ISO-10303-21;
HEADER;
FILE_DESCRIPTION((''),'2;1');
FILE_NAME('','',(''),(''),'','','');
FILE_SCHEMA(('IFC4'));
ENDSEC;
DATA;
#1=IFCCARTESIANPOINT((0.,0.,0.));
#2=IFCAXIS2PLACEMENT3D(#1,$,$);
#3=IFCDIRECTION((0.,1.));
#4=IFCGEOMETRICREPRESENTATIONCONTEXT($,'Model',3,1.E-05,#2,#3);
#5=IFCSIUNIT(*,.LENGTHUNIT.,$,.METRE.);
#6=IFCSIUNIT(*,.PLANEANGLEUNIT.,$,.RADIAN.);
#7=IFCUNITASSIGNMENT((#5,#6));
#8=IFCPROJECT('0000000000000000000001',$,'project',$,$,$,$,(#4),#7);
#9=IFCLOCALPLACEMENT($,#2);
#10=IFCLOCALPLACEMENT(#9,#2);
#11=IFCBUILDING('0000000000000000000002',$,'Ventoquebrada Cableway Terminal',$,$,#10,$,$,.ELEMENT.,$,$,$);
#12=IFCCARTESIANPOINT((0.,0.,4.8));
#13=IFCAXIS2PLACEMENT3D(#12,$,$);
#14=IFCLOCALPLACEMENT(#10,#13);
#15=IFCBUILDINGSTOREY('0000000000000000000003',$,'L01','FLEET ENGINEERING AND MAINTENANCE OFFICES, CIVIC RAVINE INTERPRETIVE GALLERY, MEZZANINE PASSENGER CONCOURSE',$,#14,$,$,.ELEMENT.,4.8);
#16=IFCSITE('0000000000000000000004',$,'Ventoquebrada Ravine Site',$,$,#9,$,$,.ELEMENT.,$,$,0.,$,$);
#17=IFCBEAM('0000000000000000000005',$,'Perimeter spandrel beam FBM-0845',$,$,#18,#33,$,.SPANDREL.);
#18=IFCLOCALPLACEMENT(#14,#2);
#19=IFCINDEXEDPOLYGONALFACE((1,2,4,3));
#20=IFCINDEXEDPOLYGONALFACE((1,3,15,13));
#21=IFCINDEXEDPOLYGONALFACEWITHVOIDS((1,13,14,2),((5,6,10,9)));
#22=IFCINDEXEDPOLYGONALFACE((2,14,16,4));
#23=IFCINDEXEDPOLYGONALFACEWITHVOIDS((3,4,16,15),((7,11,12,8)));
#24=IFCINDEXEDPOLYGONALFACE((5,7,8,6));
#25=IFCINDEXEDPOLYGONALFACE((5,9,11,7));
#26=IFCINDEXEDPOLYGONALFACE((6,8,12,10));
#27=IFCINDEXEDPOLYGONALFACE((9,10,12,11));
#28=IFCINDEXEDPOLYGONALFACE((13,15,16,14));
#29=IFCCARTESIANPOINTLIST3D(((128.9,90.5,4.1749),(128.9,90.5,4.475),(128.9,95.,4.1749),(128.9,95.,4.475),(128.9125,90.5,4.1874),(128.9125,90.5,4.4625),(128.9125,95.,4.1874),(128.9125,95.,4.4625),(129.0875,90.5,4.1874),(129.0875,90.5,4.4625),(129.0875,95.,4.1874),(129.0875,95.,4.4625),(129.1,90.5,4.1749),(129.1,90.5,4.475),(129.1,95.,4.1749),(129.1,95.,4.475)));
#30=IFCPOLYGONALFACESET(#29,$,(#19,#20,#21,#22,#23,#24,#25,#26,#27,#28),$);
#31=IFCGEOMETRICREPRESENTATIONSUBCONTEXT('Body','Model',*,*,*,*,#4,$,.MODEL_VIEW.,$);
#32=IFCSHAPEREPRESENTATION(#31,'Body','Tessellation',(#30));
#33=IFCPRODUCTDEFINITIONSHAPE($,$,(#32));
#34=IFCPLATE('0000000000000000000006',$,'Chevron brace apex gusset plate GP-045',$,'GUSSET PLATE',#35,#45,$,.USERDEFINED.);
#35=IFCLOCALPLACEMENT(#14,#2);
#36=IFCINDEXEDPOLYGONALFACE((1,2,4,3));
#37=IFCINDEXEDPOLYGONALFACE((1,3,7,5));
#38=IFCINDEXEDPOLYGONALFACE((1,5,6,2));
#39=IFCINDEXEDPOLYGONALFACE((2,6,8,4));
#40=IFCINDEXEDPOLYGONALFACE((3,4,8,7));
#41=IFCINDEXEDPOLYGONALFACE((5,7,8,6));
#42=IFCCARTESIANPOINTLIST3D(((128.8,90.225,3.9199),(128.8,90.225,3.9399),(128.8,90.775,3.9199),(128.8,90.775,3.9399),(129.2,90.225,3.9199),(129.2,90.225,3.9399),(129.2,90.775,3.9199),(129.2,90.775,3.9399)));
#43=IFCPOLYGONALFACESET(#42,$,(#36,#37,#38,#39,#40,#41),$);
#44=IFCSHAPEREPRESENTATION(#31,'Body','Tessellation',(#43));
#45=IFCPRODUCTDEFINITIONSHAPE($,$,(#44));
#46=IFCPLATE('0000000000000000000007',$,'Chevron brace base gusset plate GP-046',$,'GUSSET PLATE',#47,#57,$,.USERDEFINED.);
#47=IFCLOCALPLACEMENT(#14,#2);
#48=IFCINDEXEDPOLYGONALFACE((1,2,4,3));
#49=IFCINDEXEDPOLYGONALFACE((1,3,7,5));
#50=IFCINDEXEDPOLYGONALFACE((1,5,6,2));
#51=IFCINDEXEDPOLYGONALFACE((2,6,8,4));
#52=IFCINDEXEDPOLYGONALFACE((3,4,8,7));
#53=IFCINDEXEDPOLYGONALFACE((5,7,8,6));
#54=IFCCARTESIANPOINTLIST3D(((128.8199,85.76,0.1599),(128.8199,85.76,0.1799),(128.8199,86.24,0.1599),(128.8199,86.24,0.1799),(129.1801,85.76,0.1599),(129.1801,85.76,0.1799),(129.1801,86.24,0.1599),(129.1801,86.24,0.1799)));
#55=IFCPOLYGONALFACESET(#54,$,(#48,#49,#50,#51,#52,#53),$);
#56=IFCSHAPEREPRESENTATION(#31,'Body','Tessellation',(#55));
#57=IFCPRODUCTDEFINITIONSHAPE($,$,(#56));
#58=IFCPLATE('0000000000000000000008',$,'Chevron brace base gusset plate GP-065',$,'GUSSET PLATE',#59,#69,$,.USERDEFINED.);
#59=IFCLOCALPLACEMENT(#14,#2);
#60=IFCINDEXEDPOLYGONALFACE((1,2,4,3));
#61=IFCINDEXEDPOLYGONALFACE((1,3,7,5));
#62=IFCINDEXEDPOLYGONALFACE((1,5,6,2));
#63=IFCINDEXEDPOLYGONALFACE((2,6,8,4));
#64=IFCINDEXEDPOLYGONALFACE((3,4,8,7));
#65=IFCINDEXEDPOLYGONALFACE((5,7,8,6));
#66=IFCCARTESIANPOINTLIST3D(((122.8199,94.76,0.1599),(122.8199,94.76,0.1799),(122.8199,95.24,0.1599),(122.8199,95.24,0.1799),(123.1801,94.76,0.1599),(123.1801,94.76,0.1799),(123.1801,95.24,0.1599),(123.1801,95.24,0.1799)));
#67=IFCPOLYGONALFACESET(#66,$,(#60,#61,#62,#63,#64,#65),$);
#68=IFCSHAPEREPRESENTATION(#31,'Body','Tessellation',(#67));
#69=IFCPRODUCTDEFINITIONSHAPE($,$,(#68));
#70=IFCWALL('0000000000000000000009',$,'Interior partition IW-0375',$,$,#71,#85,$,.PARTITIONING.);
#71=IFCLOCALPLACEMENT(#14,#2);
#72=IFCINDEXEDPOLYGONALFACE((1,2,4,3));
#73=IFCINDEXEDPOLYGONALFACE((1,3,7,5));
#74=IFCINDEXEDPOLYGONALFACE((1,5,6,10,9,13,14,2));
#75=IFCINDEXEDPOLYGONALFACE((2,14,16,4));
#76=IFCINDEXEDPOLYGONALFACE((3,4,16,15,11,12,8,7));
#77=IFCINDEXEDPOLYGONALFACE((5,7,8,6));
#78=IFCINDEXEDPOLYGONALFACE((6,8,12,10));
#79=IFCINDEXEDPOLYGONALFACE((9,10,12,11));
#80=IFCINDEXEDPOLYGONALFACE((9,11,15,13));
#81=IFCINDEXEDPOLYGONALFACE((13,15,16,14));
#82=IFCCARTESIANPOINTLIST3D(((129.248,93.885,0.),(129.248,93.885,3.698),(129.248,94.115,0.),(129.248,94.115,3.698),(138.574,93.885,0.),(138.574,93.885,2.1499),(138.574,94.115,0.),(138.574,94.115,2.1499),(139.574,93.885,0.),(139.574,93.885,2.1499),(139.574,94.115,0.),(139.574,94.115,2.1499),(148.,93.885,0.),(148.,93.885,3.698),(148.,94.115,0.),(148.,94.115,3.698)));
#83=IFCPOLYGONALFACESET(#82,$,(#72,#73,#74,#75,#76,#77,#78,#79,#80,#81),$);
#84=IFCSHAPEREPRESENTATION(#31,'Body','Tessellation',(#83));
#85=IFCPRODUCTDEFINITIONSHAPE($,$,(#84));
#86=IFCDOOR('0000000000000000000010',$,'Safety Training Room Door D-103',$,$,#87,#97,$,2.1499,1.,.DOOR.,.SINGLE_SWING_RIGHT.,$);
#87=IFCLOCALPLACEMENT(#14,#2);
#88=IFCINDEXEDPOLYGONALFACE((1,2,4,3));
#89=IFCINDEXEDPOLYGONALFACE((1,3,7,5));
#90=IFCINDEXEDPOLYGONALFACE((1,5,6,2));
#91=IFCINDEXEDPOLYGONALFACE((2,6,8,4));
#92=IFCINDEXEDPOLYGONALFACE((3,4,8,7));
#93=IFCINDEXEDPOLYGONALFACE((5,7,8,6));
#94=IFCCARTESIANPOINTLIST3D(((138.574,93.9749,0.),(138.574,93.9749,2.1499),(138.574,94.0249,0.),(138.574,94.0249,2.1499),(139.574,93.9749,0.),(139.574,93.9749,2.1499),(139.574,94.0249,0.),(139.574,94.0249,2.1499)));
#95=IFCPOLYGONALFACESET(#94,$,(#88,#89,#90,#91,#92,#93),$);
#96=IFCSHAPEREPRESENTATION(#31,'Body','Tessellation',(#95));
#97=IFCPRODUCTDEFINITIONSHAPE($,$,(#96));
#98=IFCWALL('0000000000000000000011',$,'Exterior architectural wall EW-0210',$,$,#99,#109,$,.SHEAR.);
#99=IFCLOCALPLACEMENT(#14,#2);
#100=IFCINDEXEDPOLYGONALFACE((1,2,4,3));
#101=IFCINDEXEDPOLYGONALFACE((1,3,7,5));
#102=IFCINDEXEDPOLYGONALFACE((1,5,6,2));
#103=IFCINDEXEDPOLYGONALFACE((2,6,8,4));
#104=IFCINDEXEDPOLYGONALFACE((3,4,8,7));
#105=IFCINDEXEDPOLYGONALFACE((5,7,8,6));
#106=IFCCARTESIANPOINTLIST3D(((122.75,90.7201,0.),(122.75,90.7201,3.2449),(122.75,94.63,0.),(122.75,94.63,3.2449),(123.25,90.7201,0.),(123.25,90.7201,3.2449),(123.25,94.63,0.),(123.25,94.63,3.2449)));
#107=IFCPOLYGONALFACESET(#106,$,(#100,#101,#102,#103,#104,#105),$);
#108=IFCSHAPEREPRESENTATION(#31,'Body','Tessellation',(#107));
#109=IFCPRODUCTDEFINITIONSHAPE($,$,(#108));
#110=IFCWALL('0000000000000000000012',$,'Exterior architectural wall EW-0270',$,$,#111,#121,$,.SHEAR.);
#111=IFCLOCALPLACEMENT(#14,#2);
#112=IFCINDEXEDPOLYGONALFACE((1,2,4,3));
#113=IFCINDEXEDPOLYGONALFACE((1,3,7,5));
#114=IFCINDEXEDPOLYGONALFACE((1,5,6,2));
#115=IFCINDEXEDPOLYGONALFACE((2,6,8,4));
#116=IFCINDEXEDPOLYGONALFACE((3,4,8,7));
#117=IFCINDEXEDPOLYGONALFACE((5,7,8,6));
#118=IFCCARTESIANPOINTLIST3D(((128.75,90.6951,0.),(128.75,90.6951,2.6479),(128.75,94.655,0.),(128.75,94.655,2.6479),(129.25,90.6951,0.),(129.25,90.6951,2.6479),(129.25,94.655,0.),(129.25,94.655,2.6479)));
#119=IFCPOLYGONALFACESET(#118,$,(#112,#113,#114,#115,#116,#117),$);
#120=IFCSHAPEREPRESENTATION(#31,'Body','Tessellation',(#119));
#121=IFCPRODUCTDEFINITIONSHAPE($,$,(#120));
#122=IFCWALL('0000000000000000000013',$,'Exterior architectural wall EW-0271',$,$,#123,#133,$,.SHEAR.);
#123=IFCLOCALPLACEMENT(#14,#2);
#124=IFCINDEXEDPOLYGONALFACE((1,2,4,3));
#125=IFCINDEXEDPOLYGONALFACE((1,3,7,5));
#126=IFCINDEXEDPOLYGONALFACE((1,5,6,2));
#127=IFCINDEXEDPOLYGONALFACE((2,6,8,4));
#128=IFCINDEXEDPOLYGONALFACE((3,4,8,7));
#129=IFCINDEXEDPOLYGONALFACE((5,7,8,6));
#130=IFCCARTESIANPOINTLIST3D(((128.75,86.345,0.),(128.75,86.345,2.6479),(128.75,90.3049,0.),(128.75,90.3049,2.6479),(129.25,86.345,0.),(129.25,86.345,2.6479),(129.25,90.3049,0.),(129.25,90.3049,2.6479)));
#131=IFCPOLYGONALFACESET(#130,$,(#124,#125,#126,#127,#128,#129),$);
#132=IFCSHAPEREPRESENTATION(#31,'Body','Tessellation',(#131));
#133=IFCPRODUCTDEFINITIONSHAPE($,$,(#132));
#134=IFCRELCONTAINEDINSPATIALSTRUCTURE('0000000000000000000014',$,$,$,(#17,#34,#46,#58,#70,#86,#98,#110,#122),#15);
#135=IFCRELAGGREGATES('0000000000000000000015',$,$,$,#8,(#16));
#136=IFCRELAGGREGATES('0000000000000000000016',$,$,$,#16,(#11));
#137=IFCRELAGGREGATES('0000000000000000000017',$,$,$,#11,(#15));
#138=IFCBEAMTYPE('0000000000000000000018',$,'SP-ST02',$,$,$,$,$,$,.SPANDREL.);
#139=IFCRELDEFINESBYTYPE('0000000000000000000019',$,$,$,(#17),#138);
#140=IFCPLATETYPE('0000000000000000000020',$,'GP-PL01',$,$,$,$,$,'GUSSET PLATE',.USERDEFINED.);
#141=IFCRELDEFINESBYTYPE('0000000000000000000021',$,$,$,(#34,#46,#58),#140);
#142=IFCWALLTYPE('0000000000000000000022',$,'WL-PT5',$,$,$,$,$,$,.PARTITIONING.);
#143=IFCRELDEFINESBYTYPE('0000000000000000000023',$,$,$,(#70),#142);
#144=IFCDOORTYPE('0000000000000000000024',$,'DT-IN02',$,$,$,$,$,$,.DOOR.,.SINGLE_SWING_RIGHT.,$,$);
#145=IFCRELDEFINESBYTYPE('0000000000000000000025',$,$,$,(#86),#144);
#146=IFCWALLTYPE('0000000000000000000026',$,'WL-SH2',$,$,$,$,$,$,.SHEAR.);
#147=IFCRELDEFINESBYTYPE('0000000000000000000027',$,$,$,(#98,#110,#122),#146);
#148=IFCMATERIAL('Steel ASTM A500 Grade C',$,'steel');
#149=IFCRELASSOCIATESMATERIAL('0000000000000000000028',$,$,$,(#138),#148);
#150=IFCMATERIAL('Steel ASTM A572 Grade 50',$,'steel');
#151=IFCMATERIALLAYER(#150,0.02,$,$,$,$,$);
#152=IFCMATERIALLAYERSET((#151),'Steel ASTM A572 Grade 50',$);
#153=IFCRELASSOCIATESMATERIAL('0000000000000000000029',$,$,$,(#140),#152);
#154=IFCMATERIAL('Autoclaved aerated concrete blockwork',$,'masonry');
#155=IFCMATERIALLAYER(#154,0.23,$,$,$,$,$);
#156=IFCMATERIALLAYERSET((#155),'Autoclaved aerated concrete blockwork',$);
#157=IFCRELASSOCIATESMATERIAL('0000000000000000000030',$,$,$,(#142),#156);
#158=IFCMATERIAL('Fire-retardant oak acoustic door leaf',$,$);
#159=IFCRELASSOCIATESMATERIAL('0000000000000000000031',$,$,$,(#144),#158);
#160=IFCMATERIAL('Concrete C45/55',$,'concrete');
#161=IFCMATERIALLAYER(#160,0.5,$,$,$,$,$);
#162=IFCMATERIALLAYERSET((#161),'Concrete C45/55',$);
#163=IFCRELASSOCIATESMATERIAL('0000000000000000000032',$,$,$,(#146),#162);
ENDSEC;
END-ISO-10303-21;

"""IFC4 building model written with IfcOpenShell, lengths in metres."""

from ifc_helpers import new_model, si_unit, direction, frame, frame_2d, origin, origin_2d, place, context, subcontext, project, spatial, rectangle, hollow_rectangle, extrude, material, layer, layer_set, material_profile, profile_set, type_object, element, fill, save


model = new_model("IFC4")

# Units and contexts
model_context = context("Model", 3, precision=1e-05, world=origin(), true_north=direction((0.0, 1.0)))
body_context = subcontext(model_context, "Body", "Model", "MODEL_VIEW")
ifc_project = project(units=[si_unit("LENGTHUNIT", "METRE"), si_unit("PLANEANGLEUNIT", "RADIAN")], contexts=[model_context])

# Site, building, storey
site_placement = place(None, origin())
site = spatial("IfcSite", under=ifc_project, at=site_placement, Name="Ventoquebrada Ravine Site", CompositionType="ELEMENT", RefElevation=0.0)
building_placement = place(site_placement, origin())
building = spatial("IfcBuilding", under=site, at=building_placement, Name="Ventoquebrada Cableway Terminal", CompositionType="ELEMENT")
storey_placement = place(building_placement, frame((0.0, 0.0, 4.8)))
storey = spatial("IfcBuildingStorey", under=building, at=storey_placement, Name="L01", Description="FLEET ENGINEERING AND MAINTENANCE OFFICES, CIVIC RAVINE INTERPRETIVE GALLERY, MEZZANINE PASSENGER CONCOURSE", CompositionType="ELEMENT", Elevation=4.8)

# Shared definitions
ifc_material_1 = material(Name="Steel ASTM A500 Grade C", Category="steel")

# Beam
ifc_material_profile_1 = material_profile(ifc_material_1, hollow_rectangle(XDim=0.2, YDim=0.3, WallThickness=0.0125, at=origin_2d()), Name="RHS300X200X12.5")
ifc_profile_set_1 = profile_set([ifc_material_profile_1], Name="Steel ASTM A500 Grade C")
beam_type_1 = type_object("IfcBeamType", Name="SP-ST02", PredefinedType="SPANDREL", material=ifc_profile_set_1)
for number, where, z_axis, x_axis, name in (
    (1, (129.0, 90.5, 4.325), (0.0, 1.0, 0.0), (-1.0, 0.0, 0.0), "Perimeter spandrel beam FBM-0845"),
):
    element("IfcBeam", number, at=place(storey_placement, frame(where, z_axis=z_axis, x_axis=x_axis)), inside=storey, type_object=beam_type_1, Name=name, PredefinedType="SPANDREL", context=body_context, shape_type="SweptSolid", body=[
        extrude(hollow_rectangle(XDim=0.2, YDim=0.3, WallThickness=0.0125, at=origin_2d()), origin(), (0.0, 0.0, 1.0), 4.5),
    ])

# Plates
ifc_material_2 = material(Name="Steel ASTM A572 Grade 50", Category="steel")
ifc_layer_1 = layer(ifc_material_2, 0.02)
ifc_layer_set_1 = layer_set([ifc_layer_1], Name="Steel ASTM A572 Grade 50")
plate_type = type_object("IfcPlateType", Name="GP-PL01", ElementType="GUSSET PLATE", PredefinedType="USERDEFINED", material=ifc_layer_set_1)
plate_placement = place(storey_placement, frame((129.0, 90.5, 3.9199), z_axis=(0.0, 0.0, 1.0), x_axis=(0.0, 1.0, 0.0)))
element("IfcPlate", 2, at=plate_placement, inside=storey, type_object=plate_type, Name="Chevron brace apex gusset plate GP-045", ObjectType="GUSSET PLATE", PredefinedType="USERDEFINED", context=body_context, shape_type="SweptSolid", body=[
    extrude(rectangle(XDim=0.55, YDim=0.3999, at=origin_2d()), origin(), (0.0, 0.0, 1.0), 0.02),
])
for number, where, z_axis, x_axis, name in (
    (3, (129.0, 86.0, 0.1599), (0.0, 0.0, 1.0), (0.0, 1.0, 0.0), "Chevron brace base gusset plate GP-046"),
    (4, (123.0, 95.0, 0.1599), (0.0, 0.0, 1.0), (0.0, 1.0, 0.0), "Chevron brace base gusset plate GP-065"),
):
    element("IfcPlate", number, at=place(storey_placement, frame(where, z_axis=z_axis, x_axis=x_axis)), inside=storey, type_object=plate_type, Name=name, ObjectType="GUSSET PLATE", PredefinedType="USERDEFINED", context=body_context, shape_type="SweptSolid", body=[
        extrude(rectangle(XDim=0.48, YDim=0.3601, at=origin_2d()), origin(), (0.0, 0.0, 1.0), 0.02),
    ])

# Wall, opening, door
ifc_material_3 = material(Name="Autoclaved aerated concrete blockwork", Category="masonry")
ifc_layer_2 = layer(ifc_material_3, 0.23)
ifc_layer_set_2 = layer_set([ifc_layer_2], Name="Autoclaved aerated concrete blockwork")
wall_type_1 = type_object("IfcWallType", Name="WL-PT5", PredefinedType="PARTITIONING", material=ifc_layer_set_2)
wall_1_placement = place(storey_placement, frame((129.248, 94.0, 0.0), z_axis=(0.0, 0.0, 1.0), x_axis=(1.0, 0.0, 0.0)))
wall_1 = element("IfcWall", 5, at=wall_1_placement, inside=storey, type_object=wall_type_1, Name="Interior partition IW-0375", PredefinedType="PARTITIONING", context=body_context, shape_type="SweptSolid", body=[
    extrude(rectangle(XDim=18.752, YDim=0.23, at=frame_2d((9.376, 0.0))), origin(), (0.0, 0.0, 1.0), 3.698),
])
opening_placement = place(wall_1_placement, frame((9.3259, 0.0, 0.0)))
opening = element("IfcOpeningElement", 6, at=opening_placement, cuts=wall_1, PredefinedType="OPENING", context=body_context, shape_type="SweptSolid", body=[
    extrude(rectangle(XDim=1.0, YDim=2.1499, at=frame_2d((0.5, 1.075))), frame((0.0, 0.125, 0.0), z_axis=(0.0, -1.0, 0.0), x_axis=(1.0, 0.0, 0.0)), (0.0, 0.0, 1.0), 0.25),
])
ifc_material_4 = material(Name="Fire-retardant oak acoustic door leaf")
door_type = type_object("IfcDoorType", Name="DT-IN02", OperationType="SINGLE_SWING_RIGHT", PredefinedType="DOOR", material=ifc_material_4)
door_placement = place(opening_placement, origin())
door = element("IfcDoor", 7, at=door_placement, inside=storey, type_object=door_type, Name="Safety Training Room Door D-103", OperationType="SINGLE_SWING_RIGHT", OverallHeight=2.1499, OverallWidth=1.0, PredefinedType="DOOR", context=body_context, shape_type="SweptSolid", body=[
    extrude(rectangle(XDim=1.0, YDim=2.1499, at=frame_2d((0.5, 1.075))), frame((0.0, 0.0249, 0.0), z_axis=(0.0, -1.0, 0.0), x_axis=(1.0, 0.0, 0.0)), (0.0, 0.0, 1.0), 0.05),
])
fill(opening, door)

# Walls
ifc_material_5 = material(Name="Concrete C45/55", Category="concrete")
ifc_layer_3 = layer(ifc_material_5, 0.5)
ifc_layer_set_3 = layer_set([ifc_layer_3], Name="Concrete C45/55")
wall_type_2 = type_object("IfcWallType", Name="WL-SH2", PredefinedType="SHEAR", material=ifc_layer_set_3)
wall_2_placement = place(storey_placement, frame((123.0, 90.72, 0.0), z_axis=(0.0, 0.0, 1.0), x_axis=(0.0, 1.0, 0.0)))
element("IfcWall", 8, at=wall_2_placement, inside=storey, type_object=wall_type_2, Name="Exterior architectural wall EW-0210", PredefinedType="SHEAR", context=body_context, shape_type="SweptSolid", body=[
    extrude(rectangle(XDim=3.9099, YDim=0.5, at=frame_2d((1.9551, 0.0))), origin(), (0.0, 0.0, 1.0), 3.2449),
])
for number, where, z_axis, x_axis, name in (
    (9, (129.0, 94.655, 0.0), (0.0, 0.0, 1.0), (0.0, -1.0, 0.0), "Exterior architectural wall EW-0270"),
    (10, (129.0, 90.3049, 0.0), (0.0, 0.0, 1.0), (0.0, -1.0, 0.0), "Exterior architectural wall EW-0271"),
):
    element("IfcWall", number, at=place(storey_placement, frame(where, z_axis=z_axis, x_axis=x_axis)), inside=storey, type_object=wall_type_2, Name=name, PredefinedType="SHEAR", context=body_context, shape_type="SweptSolid", body=[
        extrude(rectangle(XDim=3.96, YDim=0.5, at=frame_2d((1.98, 0.0))), origin(), (0.0, 0.0, 1.0), 2.6479),
    ])

save(model, "model.ifc")
